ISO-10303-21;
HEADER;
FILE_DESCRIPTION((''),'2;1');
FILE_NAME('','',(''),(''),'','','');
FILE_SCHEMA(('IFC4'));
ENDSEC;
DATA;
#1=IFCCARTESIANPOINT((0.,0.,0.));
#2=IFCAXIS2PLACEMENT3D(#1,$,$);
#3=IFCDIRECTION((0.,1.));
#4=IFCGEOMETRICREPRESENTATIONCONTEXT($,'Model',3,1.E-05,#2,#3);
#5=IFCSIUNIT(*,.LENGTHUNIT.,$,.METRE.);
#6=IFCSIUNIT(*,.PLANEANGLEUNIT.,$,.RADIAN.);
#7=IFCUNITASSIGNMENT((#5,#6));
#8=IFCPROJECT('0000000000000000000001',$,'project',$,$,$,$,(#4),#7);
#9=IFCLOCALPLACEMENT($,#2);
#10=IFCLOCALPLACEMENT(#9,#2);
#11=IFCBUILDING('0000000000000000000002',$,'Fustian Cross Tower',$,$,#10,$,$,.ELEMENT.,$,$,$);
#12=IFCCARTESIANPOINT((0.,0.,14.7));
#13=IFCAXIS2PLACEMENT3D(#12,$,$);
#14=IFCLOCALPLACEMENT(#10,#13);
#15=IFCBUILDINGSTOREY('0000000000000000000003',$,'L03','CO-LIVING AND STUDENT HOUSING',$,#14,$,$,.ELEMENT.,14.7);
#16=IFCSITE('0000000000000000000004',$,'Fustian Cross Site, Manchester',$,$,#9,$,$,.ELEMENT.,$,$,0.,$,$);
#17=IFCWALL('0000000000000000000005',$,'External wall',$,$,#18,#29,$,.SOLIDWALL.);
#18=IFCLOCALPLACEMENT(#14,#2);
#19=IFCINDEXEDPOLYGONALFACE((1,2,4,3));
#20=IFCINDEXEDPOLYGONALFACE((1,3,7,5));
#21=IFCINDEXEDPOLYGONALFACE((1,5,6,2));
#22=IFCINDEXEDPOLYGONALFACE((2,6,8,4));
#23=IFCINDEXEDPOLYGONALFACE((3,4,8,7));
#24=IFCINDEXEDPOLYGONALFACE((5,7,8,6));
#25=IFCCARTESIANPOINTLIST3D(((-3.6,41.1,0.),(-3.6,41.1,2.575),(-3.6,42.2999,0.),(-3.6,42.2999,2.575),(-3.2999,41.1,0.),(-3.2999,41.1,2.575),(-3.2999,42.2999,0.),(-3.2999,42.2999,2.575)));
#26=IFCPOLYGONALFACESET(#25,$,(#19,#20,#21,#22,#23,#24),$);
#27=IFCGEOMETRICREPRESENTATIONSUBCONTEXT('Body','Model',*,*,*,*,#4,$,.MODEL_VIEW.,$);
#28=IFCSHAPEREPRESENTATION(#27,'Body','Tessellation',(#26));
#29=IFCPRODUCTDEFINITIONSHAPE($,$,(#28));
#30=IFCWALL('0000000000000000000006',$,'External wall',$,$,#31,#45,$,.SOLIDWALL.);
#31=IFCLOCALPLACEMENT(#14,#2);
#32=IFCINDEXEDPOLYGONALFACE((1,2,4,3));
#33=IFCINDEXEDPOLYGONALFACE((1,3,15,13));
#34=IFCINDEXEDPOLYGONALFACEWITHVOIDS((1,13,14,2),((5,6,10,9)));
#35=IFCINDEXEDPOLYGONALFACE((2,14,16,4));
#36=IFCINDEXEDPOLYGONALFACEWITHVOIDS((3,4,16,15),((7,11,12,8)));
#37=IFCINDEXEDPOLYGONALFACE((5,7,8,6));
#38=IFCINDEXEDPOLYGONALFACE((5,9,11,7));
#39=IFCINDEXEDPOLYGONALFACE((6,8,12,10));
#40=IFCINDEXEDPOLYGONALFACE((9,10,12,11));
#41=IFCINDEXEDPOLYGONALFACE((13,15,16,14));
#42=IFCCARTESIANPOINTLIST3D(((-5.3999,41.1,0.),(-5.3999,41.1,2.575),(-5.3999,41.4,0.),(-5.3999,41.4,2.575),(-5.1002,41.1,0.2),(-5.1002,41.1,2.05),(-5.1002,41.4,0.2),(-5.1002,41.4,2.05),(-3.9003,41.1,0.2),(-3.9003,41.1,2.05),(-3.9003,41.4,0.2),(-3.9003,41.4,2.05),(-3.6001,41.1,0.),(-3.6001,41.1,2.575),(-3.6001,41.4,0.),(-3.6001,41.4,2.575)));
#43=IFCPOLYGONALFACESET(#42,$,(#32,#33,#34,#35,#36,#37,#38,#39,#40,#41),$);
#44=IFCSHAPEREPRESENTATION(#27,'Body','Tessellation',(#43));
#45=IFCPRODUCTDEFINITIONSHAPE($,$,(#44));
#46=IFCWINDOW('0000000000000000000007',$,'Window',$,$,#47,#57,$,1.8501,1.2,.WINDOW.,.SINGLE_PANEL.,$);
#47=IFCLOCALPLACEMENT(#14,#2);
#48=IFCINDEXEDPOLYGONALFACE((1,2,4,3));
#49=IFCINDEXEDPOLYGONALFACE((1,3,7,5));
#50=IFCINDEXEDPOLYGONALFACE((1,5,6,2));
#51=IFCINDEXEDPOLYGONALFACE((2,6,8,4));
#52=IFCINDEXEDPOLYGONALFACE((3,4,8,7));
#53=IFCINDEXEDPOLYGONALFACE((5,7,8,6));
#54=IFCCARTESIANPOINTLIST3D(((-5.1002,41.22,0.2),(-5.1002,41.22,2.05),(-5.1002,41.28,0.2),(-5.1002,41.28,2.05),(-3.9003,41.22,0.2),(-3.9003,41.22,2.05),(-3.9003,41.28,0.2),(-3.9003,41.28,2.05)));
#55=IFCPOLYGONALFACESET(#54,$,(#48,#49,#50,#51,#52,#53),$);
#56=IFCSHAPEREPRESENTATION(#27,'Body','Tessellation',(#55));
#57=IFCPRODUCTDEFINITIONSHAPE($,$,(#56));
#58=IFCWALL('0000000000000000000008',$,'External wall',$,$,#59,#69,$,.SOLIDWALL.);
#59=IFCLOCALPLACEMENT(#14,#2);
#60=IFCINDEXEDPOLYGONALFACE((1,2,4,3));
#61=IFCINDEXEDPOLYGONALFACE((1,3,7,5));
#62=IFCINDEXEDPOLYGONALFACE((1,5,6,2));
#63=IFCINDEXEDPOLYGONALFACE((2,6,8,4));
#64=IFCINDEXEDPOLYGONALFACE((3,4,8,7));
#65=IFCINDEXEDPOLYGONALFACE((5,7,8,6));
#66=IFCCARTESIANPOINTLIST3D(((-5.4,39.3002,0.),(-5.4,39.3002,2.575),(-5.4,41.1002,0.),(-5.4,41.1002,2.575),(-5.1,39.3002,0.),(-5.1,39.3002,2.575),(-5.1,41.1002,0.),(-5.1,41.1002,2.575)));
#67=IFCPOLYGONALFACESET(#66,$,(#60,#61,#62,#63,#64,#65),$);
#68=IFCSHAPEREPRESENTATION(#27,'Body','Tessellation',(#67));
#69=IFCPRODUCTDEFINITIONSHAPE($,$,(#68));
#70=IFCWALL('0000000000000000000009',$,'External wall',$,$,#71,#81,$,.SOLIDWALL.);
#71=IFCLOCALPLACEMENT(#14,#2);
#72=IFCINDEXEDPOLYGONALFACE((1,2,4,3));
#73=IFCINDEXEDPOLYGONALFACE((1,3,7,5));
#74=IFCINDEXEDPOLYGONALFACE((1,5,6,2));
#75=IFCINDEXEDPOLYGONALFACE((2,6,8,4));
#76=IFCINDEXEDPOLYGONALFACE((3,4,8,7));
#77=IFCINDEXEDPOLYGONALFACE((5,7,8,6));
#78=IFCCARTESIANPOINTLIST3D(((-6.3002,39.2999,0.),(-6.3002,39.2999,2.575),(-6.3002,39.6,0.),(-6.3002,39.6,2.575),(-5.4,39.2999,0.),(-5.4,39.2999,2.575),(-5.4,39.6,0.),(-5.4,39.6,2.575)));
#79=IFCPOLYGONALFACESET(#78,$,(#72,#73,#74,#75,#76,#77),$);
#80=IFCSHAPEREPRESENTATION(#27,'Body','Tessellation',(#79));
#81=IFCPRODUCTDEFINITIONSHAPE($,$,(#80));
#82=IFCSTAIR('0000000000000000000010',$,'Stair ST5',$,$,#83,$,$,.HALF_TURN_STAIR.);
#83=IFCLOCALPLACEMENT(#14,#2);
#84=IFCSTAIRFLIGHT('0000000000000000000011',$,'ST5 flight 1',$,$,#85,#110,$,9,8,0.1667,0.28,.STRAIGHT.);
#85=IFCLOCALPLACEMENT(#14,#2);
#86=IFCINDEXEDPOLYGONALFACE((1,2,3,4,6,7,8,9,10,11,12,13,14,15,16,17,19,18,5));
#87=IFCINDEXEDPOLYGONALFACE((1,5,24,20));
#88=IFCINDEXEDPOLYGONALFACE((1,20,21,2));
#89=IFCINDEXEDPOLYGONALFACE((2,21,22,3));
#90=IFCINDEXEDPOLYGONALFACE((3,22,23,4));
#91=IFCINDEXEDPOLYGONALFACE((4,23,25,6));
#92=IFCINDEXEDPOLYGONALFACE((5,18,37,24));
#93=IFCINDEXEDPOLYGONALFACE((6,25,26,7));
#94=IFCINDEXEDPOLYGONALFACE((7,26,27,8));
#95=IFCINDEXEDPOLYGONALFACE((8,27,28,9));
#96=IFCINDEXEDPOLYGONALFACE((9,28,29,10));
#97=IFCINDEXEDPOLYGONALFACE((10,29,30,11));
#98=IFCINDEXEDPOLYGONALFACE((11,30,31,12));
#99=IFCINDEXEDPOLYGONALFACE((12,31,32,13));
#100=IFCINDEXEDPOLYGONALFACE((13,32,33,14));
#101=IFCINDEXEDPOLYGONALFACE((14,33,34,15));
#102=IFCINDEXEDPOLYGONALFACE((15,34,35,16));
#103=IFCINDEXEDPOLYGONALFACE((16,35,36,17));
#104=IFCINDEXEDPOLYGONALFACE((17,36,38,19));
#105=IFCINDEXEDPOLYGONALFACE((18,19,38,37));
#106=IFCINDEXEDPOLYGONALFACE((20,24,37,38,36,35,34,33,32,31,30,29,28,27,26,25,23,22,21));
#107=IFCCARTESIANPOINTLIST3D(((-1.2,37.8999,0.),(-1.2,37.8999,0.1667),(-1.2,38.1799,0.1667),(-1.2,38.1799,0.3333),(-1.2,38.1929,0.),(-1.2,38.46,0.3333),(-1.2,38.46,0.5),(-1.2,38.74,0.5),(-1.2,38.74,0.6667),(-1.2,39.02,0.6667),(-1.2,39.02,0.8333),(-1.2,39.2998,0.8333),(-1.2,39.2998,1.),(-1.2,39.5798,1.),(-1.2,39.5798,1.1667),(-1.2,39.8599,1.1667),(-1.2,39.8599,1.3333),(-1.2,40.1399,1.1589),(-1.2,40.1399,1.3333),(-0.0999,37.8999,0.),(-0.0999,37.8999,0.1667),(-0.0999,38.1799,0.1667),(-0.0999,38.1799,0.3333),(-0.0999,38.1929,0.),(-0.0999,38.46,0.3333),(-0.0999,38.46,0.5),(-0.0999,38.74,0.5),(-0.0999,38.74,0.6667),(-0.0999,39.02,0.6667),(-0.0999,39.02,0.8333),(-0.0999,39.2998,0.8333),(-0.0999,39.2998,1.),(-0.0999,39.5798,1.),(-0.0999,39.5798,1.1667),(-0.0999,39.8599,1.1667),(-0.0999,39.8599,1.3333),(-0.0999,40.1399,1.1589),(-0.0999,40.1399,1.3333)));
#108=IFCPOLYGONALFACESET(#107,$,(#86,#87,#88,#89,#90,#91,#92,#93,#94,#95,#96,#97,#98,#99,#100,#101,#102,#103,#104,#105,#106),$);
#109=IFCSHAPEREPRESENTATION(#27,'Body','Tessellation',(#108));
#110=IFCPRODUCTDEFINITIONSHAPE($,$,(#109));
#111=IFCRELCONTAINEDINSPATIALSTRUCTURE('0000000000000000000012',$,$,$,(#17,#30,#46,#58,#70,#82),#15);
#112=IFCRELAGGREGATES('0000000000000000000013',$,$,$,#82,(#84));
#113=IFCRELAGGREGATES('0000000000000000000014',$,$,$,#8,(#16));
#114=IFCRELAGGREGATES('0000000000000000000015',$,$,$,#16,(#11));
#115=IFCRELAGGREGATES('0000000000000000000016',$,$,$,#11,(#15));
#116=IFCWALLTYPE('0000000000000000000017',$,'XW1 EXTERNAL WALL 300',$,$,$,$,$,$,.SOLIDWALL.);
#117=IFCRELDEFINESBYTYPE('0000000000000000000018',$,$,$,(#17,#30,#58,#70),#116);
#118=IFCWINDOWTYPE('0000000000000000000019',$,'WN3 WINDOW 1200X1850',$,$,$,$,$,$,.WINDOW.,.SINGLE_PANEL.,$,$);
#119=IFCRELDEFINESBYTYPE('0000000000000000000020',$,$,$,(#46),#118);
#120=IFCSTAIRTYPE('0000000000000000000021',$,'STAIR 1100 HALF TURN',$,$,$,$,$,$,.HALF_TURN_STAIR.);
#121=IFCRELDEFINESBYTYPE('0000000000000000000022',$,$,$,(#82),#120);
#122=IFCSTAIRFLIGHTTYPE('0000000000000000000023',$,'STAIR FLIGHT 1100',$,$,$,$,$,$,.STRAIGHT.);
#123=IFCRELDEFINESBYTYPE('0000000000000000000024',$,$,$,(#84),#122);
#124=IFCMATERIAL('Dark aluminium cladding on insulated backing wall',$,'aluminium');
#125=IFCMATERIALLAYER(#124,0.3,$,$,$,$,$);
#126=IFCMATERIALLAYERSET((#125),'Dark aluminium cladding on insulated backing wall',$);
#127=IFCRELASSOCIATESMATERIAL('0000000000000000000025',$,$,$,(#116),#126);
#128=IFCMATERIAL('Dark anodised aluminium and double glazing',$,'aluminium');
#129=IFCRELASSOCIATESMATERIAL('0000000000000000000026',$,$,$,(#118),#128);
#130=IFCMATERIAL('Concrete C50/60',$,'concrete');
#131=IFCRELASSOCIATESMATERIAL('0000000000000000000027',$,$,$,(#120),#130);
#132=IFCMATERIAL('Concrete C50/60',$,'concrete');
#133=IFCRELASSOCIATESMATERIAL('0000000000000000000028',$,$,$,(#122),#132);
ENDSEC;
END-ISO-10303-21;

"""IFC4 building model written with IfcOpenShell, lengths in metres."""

from ifc_helpers import new_model, si_unit, direction, frame, frame_2d, origin, place, context, subcontext, project, spatial, polyline, rectangle, outline, extrude, material, layer, layer_set, type_object, element, fill, aggregate, save


model = new_model("IFC4")

# Units and contexts
model_context = context("Model", 3, precision=1e-05, world=origin(), true_north=direction((0.0, 1.0)))
body_context = subcontext(model_context, "Body", "Model", "MODEL_VIEW")
ifc_project = project(units=[si_unit("LENGTHUNIT", "METRE"), si_unit("PLANEANGLEUNIT", "RADIAN")], contexts=[model_context])

# Site, building, storey
site_placement = place(None, origin())
site = spatial("IfcSite", under=ifc_project, at=site_placement, Name="Fustian Cross Site, Manchester", CompositionType="ELEMENT", RefElevation=0.0)
building_placement = place(site_placement, origin())
building = spatial("IfcBuilding", under=site, at=building_placement, Name="Fustian Cross Tower", CompositionType="ELEMENT")
storey_placement = place(building_placement, frame((0.0, 0.0, 14.7)))
storey = spatial("IfcBuildingStorey", under=building, at=storey_placement, Name="L03", Description="CO-LIVING AND STUDENT HOUSING", CompositionType="ELEMENT", Elevation=14.7)

# Wall
ifc_material_1 = material(Name="Dark aluminium cladding on insulated backing wall", Category="aluminium")
ifc_layer_1 = layer(ifc_material_1, 0.3)
ifc_layer_set_1 = layer_set([ifc_layer_1], Name="Dark aluminium cladding on insulated backing wall")
wall_type_1 = type_object("IfcWallType", Name="XW1 EXTERNAL WALL 300", PredefinedType="SOLIDWALL", material=ifc_layer_set_1)
wall_1_placement = place(storey_placement, frame((-3.45, 42.3, 0.0), z_axis=(0.0, 0.0, 1.0), x_axis=(0.0, -1.0, 0.0)))
element("IfcWall", 1, at=wall_1_placement, inside=storey, type_object=wall_type_1, Name="External wall", PredefinedType="SOLIDWALL", context=body_context, shape_type="SweptSolid", body=[
    extrude(rectangle(XDim=1.2, YDim=0.3, at=frame_2d((0.6001, 0.0))), origin(), (0.0, 0.0, 1.0), 2.575),
])

# Wall, opening, window
wall_2_placement = place(storey_placement, frame((-3.6001, 41.25, 0.0), z_axis=(0.0, 0.0, 1.0), x_axis=(-1.0, 0.0, 0.0)))
wall_2 = element("IfcWall", 2, at=wall_2_placement, inside=storey, type_object=wall_type_1, Name="External wall", PredefinedType="SOLIDWALL", context=body_context, shape_type="SweptSolid", body=[
    extrude(rectangle(XDim=1.7998, YDim=0.3, at=frame_2d((0.8999, 0.0))), origin(), (0.0, 0.0, 1.0), 2.575),
])
opening_1_placement = place(wall_2_placement, frame((0.3, 0.0, 0.2)))
opening_1 = element("IfcOpeningElement", 3, at=opening_1_placement, cuts=wall_2, PredefinedType="OPENING", context=body_context, shape_type="SweptSolid", body=[
    extrude(rectangle(XDim=1.2, YDim=1.8501, at=frame_2d((0.6001, 0.925))), frame((0.0, 0.1599, 0.0), z_axis=(0.0, -1.0, 0.0), x_axis=(1.0, 0.0, 0.0)), (0.0, 0.0, 1.0), 0.3201),
])
ifc_material_2 = material(Name="Dark anodised aluminium and double glazing", Category="aluminium")
window_type = type_object("IfcWindowType", Name="WN3 WINDOW 1200X1850", PartitioningType="SINGLE_PANEL", PredefinedType="WINDOW", material=ifc_material_2)
window_placement = place(opening_1_placement, origin())
window = element("IfcWindow", 4, at=window_placement, inside=storey, type_object=window_type, Name="Window", OverallHeight=1.8501, OverallWidth=1.2, PartitioningType="SINGLE_PANEL", PredefinedType="WINDOW", context=body_context, shape_type="SweptSolid", body=[
    extrude(rectangle(XDim=1.2, YDim=1.8501, at=frame_2d((0.6001, 0.925))), frame((0.0, 0.03, 0.0), z_axis=(0.0, -1.0, 0.0), x_axis=(1.0, 0.0, 0.0)), (0.0, 0.0, 1.0), 0.0601),
])
fill(opening_1, window)

# Walls
wall_3_placement = place(storey_placement, frame((-5.25, 41.1001, 0.0), z_axis=(0.0, 0.0, 1.0), x_axis=(0.0, -1.0, 0.0)))
element("IfcWall", 5, at=wall_3_placement, inside=storey, type_object=wall_type_1, Name="External wall", PredefinedType="SOLIDWALL", context=body_context, shape_type="SweptSolid", body=[
    extrude(rectangle(XDim=1.8, YDim=0.3, at=frame_2d((0.8999, 0.0))), origin(), (0.0, 0.0, 1.0), 2.575),
])
wall_4_placement = place(storey_placement, frame((-5.3999, 39.45, 0.0), z_axis=(0.0, 0.0, 1.0), x_axis=(-1.0, 0.0, 0.0)))
element("IfcWall", 6, at=wall_4_placement, inside=storey, type_object=wall_type_1, Name="External wall", PredefinedType="SOLIDWALL", context=body_context, shape_type="SweptSolid", body=[
    extrude(rectangle(XDim=0.9001, YDim=0.3, at=frame_2d((0.4502, 0.0))), origin(), (0.0, 0.0, 1.0), 2.575),
])

# Stair, stair flight
ifc_material_3 = material(Name="Concrete C50/60", Category="concrete")
stair_type = type_object("IfcStairType", Name="STAIR 1100 HALF TURN", PredefinedType="HALF_TURN_STAIR", material=ifc_material_3)
stair_placement = place(storey_placement, origin())
stair = element("IfcStair", 7, at=stair_placement, inside=storey, type_object=stair_type, Name="Stair ST5", PredefinedType="HALF_TURN_STAIR")
ifc_material_4 = material(Name="Concrete C50/60", Category="concrete")
stair_flight_type = type_object("IfcStairFlightType", Name="STAIR FLIGHT 1100", PredefinedType="STRAIGHT", material=ifc_material_4)
stair_flight_placement = place(storey_placement, frame((-0.6499, 37.8999, 0.0), z_axis=(0.0, 0.0, 1.0), x_axis=(0.0, 1.0, 0.0)))
stair_flight = element("IfcStairFlight", 8, at=stair_flight_placement, type_object=stair_flight_type, Name="ST5 flight 1", NumberOfRisers=9, NumberOfTreads=8, PredefinedType="STRAIGHT", RiserHeight=0.1667, TreadLength=0.28, context=body_context, shape_type="SweptSolid", body=[
    extrude(outline(polyline([(0.0, 0.0), (0.0, 0.1667), (0.28, 0.1667), (0.28, 0.3333), (0.5601, 0.3333), (0.5601, 0.5), (0.8401, 0.5), (0.8401, 0.6667), (1.1201, 0.6667), (1.1201, 0.8333), (1.3999, 0.8333), (1.3999, 1.0), (1.6799, 1.0), (1.6799, 1.1667), (1.96, 1.1667), (1.96, 1.3333), (2.24, 1.3333), (2.24, 1.5), (2.24, 1.1589), (0.293, 0.0), (0.0, 0.0)])), frame((0.0, 0.55, 0.0), z_axis=(0.0, -1.0, 0.0), x_axis=(1.0, 0.0, 0.0)), (0.0, 0.0, 1.0), 1.1001),
])
aggregate(stair, [stair_flight])

save(model, "model.ifc")
